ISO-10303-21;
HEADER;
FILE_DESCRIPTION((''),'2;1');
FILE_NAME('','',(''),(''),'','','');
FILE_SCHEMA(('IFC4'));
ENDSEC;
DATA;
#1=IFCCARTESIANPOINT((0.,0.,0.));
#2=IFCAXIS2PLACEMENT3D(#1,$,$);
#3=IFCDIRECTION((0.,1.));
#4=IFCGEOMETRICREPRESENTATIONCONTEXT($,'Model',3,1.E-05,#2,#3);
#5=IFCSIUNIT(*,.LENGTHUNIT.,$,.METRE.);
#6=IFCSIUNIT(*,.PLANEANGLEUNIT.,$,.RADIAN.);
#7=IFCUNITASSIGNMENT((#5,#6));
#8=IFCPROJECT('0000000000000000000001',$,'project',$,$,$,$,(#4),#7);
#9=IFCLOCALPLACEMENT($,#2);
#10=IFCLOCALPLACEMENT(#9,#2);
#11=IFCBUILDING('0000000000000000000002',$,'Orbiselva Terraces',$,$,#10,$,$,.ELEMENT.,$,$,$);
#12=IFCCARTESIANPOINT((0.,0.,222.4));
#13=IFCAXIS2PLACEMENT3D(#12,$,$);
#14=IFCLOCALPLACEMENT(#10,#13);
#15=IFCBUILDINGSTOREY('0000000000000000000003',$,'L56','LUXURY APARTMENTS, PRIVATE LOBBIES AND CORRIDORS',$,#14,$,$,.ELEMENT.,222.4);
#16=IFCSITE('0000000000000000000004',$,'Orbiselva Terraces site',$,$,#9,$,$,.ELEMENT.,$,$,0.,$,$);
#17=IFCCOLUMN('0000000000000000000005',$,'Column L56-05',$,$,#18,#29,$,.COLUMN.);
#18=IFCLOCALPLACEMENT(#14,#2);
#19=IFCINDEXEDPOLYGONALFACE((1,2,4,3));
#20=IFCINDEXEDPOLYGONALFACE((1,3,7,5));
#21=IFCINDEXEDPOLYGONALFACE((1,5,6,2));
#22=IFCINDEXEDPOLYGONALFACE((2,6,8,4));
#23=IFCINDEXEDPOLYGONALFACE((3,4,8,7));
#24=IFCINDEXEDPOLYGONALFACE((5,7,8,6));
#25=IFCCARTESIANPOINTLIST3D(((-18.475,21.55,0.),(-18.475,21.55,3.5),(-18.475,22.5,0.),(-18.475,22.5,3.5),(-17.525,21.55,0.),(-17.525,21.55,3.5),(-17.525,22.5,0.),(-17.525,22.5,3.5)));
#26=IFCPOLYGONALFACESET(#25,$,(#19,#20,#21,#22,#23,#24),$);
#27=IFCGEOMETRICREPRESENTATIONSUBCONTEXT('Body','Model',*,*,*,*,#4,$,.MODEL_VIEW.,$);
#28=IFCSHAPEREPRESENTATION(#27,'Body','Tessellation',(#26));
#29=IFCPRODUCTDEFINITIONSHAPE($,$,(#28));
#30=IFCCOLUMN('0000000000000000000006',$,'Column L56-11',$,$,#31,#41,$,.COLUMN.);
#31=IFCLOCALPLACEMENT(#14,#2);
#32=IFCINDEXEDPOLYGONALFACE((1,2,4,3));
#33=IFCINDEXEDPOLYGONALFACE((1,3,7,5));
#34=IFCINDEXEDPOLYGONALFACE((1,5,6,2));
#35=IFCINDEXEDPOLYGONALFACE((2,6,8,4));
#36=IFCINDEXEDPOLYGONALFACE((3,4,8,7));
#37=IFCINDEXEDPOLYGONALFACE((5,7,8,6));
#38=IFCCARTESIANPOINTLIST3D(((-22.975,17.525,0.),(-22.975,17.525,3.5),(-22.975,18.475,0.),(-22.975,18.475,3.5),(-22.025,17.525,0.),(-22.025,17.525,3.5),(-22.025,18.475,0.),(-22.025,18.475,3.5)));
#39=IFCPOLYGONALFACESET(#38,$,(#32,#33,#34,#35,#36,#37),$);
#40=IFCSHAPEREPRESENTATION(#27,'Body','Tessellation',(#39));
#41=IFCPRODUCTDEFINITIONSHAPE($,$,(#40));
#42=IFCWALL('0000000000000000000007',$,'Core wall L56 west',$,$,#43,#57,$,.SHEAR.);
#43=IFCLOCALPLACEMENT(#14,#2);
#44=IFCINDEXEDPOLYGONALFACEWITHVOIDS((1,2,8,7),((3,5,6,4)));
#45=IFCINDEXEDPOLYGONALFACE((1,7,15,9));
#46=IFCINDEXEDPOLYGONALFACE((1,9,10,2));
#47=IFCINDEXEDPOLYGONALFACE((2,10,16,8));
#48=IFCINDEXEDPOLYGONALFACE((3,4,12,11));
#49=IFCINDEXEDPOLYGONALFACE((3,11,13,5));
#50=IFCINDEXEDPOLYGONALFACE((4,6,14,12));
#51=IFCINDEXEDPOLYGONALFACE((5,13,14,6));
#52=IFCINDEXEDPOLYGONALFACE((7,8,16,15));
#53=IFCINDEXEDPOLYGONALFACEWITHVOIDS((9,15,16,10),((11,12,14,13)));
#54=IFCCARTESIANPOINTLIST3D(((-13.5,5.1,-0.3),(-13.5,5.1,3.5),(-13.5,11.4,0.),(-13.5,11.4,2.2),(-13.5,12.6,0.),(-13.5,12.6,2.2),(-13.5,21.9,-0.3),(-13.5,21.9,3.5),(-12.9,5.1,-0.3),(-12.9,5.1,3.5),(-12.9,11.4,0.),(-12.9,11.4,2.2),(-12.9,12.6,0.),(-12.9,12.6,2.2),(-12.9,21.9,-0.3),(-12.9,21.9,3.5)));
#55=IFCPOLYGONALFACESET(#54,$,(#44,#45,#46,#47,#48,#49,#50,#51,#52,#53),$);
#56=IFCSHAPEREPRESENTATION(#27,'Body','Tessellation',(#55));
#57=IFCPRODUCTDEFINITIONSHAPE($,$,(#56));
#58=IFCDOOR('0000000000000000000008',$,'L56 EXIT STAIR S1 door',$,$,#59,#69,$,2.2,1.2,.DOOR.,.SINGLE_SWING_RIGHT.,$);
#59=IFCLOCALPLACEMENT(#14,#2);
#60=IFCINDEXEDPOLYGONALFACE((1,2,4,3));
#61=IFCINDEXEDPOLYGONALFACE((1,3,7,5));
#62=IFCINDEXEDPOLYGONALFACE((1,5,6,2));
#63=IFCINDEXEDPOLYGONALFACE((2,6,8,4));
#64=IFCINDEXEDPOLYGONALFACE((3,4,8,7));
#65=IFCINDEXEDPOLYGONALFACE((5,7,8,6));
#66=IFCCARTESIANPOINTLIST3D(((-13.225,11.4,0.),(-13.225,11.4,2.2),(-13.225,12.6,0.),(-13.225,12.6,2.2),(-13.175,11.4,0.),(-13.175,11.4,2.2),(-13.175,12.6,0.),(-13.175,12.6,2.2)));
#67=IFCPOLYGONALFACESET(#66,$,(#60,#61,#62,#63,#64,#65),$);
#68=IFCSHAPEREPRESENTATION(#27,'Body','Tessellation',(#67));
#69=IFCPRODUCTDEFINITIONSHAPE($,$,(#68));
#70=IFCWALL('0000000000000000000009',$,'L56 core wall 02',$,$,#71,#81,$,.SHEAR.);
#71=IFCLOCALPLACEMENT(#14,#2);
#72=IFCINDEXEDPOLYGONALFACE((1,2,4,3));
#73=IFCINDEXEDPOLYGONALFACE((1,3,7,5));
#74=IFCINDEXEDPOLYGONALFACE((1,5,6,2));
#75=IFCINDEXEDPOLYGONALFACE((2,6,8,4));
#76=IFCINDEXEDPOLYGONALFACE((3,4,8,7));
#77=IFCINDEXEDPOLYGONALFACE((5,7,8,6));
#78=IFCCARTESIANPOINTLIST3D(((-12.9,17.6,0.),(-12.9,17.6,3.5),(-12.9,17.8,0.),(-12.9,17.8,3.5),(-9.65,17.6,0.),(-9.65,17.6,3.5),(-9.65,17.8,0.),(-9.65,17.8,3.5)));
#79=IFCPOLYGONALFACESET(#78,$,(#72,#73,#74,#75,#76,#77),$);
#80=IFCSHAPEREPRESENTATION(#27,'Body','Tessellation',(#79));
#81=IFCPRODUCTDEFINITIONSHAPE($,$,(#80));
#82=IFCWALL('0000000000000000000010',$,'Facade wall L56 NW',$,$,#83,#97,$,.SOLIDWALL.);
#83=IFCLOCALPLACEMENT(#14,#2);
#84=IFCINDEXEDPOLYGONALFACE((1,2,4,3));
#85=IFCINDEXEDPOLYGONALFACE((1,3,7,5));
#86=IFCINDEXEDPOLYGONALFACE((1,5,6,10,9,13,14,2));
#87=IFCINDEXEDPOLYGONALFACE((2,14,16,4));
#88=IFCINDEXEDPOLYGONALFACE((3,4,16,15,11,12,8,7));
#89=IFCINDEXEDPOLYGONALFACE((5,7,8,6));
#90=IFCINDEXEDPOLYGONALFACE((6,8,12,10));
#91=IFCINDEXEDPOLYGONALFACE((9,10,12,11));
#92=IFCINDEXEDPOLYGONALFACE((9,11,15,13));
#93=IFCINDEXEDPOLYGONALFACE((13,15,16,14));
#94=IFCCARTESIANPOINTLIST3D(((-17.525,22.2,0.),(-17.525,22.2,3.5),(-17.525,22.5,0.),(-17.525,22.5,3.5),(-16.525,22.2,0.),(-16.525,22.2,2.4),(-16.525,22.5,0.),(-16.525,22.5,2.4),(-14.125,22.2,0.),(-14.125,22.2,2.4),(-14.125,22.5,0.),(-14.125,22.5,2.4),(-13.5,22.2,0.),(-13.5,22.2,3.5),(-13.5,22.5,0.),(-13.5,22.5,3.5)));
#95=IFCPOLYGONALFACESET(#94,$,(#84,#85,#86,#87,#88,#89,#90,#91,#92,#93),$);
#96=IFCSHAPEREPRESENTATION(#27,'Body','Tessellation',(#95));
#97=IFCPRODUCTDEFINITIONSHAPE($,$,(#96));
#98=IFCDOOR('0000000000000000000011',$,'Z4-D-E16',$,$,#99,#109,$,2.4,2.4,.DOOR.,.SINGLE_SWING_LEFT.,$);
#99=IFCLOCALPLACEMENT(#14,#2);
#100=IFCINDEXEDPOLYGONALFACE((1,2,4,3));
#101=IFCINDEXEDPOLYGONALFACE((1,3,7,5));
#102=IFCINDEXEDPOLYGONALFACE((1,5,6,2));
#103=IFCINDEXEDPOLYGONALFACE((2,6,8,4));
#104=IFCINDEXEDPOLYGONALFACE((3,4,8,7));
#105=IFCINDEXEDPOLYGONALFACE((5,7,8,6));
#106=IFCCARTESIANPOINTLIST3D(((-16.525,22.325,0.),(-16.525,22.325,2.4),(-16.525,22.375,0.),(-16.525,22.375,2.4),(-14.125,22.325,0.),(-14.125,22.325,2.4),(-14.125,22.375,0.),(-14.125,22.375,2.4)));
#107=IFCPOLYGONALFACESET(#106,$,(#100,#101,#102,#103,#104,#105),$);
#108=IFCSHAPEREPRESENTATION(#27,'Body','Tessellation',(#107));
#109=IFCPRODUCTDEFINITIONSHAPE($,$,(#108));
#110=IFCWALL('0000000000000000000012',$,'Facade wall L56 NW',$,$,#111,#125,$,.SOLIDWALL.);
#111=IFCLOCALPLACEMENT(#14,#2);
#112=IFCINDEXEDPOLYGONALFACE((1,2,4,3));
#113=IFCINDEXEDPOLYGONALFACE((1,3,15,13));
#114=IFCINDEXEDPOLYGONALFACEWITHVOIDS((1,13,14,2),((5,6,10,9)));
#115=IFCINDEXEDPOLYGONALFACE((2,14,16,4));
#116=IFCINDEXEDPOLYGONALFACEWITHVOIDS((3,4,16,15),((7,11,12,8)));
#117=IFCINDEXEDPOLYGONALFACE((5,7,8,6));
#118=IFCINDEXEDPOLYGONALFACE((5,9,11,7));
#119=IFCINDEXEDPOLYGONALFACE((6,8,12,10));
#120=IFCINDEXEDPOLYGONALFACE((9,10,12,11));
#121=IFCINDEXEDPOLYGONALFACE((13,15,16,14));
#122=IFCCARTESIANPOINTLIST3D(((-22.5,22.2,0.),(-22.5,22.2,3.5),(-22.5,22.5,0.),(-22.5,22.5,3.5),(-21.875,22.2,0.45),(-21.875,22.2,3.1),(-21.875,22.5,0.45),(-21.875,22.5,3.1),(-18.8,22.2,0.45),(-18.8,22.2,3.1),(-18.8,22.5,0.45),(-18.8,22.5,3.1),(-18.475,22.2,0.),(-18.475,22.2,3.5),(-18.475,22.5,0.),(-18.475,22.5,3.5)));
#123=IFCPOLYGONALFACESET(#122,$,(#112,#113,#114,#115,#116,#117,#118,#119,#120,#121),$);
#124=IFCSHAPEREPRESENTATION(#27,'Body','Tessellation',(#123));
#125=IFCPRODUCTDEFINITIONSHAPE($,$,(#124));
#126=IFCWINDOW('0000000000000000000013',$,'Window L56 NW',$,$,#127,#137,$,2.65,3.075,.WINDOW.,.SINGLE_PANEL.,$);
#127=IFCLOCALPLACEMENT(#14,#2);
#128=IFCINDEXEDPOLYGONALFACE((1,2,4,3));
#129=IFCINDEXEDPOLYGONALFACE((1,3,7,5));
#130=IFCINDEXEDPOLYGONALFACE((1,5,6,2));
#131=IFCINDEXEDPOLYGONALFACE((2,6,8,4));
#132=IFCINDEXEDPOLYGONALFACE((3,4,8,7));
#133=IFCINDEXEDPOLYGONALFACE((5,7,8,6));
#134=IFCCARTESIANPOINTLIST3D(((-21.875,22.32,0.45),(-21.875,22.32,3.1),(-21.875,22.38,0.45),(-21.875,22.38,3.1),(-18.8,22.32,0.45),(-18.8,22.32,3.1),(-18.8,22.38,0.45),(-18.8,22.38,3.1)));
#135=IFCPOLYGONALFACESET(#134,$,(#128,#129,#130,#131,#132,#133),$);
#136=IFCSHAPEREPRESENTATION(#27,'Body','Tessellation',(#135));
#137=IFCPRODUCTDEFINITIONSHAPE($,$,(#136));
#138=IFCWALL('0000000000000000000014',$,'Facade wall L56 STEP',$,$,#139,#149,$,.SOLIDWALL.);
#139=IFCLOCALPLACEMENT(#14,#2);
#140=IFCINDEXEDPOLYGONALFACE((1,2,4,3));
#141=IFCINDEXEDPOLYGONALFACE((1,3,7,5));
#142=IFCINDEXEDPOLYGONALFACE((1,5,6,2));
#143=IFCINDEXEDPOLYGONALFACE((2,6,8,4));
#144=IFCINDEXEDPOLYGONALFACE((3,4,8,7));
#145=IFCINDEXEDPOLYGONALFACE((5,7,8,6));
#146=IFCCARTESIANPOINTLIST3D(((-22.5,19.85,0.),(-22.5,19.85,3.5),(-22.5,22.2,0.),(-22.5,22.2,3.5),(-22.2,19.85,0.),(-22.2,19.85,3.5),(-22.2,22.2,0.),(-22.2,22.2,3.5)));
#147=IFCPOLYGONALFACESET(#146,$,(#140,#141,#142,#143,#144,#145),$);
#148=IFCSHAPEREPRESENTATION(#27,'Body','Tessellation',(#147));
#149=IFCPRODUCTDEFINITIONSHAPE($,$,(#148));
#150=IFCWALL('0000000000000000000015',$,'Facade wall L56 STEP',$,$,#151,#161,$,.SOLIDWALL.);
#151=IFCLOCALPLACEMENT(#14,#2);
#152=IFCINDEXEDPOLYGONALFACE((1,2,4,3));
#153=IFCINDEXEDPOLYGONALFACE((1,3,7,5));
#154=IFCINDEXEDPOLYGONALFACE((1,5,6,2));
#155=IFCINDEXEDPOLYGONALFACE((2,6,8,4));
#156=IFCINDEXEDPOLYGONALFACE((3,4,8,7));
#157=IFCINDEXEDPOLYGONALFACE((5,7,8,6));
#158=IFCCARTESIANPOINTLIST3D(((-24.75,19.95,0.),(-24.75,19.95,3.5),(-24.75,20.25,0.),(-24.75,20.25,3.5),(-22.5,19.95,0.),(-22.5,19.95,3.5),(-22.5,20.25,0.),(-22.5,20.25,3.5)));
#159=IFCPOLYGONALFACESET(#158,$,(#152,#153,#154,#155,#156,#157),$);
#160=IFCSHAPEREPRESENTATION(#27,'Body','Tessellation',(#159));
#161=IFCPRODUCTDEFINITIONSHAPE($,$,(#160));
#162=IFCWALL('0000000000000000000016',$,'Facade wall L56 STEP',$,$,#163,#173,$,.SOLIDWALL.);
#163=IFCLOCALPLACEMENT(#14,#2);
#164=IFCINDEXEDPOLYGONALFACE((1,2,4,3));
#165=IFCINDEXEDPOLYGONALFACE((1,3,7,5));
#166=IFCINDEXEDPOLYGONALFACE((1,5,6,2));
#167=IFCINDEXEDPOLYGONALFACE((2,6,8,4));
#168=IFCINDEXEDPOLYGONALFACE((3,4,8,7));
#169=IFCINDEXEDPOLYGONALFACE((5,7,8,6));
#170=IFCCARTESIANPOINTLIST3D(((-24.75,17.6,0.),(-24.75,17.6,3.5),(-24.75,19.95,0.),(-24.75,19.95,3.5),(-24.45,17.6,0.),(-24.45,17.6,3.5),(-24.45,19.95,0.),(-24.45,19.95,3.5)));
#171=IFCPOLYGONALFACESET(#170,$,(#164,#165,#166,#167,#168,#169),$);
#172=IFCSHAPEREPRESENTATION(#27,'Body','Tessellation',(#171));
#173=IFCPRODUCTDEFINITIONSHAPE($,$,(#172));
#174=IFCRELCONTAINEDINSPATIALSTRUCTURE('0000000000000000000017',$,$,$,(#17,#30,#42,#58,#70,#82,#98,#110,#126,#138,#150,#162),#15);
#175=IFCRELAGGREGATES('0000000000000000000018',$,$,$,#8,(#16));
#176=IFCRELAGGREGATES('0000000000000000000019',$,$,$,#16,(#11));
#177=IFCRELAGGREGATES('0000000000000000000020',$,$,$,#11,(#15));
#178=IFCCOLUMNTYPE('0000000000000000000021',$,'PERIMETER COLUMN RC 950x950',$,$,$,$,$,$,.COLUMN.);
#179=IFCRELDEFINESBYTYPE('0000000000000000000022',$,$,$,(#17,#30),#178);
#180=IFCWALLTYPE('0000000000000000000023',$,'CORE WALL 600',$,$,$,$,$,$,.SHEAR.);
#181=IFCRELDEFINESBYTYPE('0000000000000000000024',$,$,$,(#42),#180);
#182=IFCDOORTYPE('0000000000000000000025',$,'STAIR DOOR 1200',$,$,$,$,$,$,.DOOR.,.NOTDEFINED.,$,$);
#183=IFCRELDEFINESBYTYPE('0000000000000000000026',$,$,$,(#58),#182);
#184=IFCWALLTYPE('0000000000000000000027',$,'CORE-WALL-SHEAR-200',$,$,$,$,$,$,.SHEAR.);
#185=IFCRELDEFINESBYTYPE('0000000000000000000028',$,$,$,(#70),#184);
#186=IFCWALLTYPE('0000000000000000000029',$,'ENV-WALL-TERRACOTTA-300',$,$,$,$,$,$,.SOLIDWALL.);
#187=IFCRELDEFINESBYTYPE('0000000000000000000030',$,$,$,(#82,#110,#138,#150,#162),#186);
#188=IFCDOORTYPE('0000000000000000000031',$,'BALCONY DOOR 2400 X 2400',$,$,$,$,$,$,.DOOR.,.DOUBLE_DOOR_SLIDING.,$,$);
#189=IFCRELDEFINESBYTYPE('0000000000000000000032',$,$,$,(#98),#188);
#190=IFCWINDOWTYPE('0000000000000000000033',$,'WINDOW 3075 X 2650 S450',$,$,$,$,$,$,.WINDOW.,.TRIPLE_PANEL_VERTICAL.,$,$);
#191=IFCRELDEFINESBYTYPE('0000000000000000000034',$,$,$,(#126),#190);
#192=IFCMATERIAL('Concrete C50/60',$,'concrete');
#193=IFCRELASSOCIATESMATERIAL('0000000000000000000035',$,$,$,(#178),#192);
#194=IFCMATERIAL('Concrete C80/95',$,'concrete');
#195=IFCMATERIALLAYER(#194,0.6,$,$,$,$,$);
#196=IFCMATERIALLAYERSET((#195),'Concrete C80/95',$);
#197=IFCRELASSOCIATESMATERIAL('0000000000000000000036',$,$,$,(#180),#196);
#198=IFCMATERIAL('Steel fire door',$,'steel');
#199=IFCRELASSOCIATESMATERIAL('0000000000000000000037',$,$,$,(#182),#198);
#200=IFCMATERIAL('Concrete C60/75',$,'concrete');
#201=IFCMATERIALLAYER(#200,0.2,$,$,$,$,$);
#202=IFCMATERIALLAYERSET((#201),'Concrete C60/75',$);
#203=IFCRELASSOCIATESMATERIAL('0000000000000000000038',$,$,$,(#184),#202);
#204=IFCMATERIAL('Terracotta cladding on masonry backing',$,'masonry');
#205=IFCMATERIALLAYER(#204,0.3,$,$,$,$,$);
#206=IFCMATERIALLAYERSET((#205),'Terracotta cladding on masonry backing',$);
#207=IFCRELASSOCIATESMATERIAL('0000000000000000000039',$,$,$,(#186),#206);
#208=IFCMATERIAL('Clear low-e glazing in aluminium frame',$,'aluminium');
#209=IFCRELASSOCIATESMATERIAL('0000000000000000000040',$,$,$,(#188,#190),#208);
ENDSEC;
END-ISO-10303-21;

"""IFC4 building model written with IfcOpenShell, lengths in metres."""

from ifc_helpers import new_model, si_unit, direction, frame, frame_2d, origin, origin_2d, place, context, subcontext, project, spatial, rectangle, extrude, material, layer, layer_set, material_profile, profile_set, type_object, element, fill, save


model = new_model("IFC4")

# Units and contexts
model_context = context("Model", 3, precision=1e-05, world=origin(), true_north=direction((0.0, 1.0)))
body_context = subcontext(model_context, "Body", "Model", "MODEL_VIEW")
ifc_project = project(units=[si_unit("LENGTHUNIT", "METRE"), si_unit("PLANEANGLEUNIT", "RADIAN")], contexts=[model_context])

# Site, building, storey
site_placement = place(None, origin())
site = spatial("IfcSite", under=ifc_project, at=site_placement, Name="Orbiselva Terraces site", CompositionType="ELEMENT", RefElevation=0.0)
building_placement = place(site_placement, origin())
building = spatial("IfcBuilding", under=site, at=building_placement, Name="Orbiselva Terraces", CompositionType="ELEMENT")
storey_placement = place(building_placement, frame((0.0, 0.0, 222.4)))
storey = spatial("IfcBuildingStorey", under=building, at=storey_placement, Name="L56", Description="LUXURY APARTMENTS, PRIVATE LOBBIES AND CORRIDORS", CompositionType="ELEMENT", Elevation=222.4)

# Columns
ifc_material_1 = material(Name="Concrete C50/60", Category="concrete")
ifc_material_profile = material_profile(ifc_material_1, rectangle(XDim=0.95, YDim=0.95, at=origin_2d()), Name="RC 950x950")
ifc_profile_set = profile_set([ifc_material_profile], Name="Concrete C50/60")
column_type = type_object("IfcColumnType", Name="PERIMETER COLUMN RC 950x950", PredefinedType="COLUMN", material=ifc_profile_set)
for number, where, z_axis, x_axis, name in (
    (1, (-18.0, 22.025, 0.0), (0.0, 0.0, 1.0), (1.0, 0.0, 0.0), "Column L56-05"),
    (2, (-22.5, 18.0, 0.0), (0.0, 0.0, 1.0), (1.0, 0.0, 0.0), "Column L56-11"),
):
    element("IfcColumn", number, at=place(storey_placement, frame(where, z_axis=z_axis, x_axis=x_axis)), inside=storey, type_object=column_type, Name=name, PredefinedType="COLUMN", context=body_context, shape_type="SweptSolid", body=[
        extrude(rectangle(XDim=0.95, YDim=0.95, at=origin_2d()), origin(), (0.0, 0.0, 1.0), 3.5),
    ])

# Wall, opening, door
ifc_material_2 = material(Name="Concrete C80/95", Category="concrete")
ifc_layer_1 = layer(ifc_material_2, 0.6)
ifc_layer_set_1 = layer_set([ifc_layer_1], Name="Concrete C80/95")
wall_type_1 = type_object("IfcWallType", Name="CORE WALL 600", PredefinedType="SHEAR", material=ifc_layer_set_1)
wall_1_placement = place(storey_placement, frame((-13.2, 21.9, -0.3), z_axis=(0.0, 0.0, 1.0), x_axis=(0.0, -1.0, 0.0)))
wall_1 = element("IfcWall", 3, at=wall_1_placement, inside=storey, type_object=wall_type_1, Name="Core wall L56 west", PredefinedType="SHEAR", context=body_context, shape_type="SweptSolid", body=[
    extrude(rectangle(XDim=16.8, YDim=0.6, at=frame_2d((8.4, 0.0))), origin(), (0.0, 0.0, 1.0), 3.8),
])
opening_1_placement = place(wall_1_placement, frame((9.3, 0.0, 0.3)))
opening_1 = element("IfcOpeningElement", 4, at=opening_1_placement, cuts=wall_1, PredefinedType="OPENING", context=body_context, shape_type="SweptSolid", body=[
    extrude(rectangle(XDim=1.2, YDim=2.2, at=frame_2d((0.6, 1.1))), frame((0.0, 0.31, 0.0), z_axis=(0.0, -1.0, 0.0), x_axis=(1.0, 0.0, 0.0)), (0.0, 0.0, 1.0), 0.62),
])
ifc_material_3 = material(Name="Steel fire door", Category="steel")
door_type_1 = type_object("IfcDoorType", Name="STAIR DOOR 1200", OperationType="NOTDEFINED", PredefinedType="DOOR", material=ifc_material_3)
door_1_placement = place(opening_1_placement, frame((1.2, 0.0, 0.0), z_axis=(0.0, 0.0, 1.0), x_axis=(-1.0, 0.0, 0.0)))
door_1 = element("IfcDoor", 5, at=door_1_placement, inside=storey, type_object=door_type_1, Name="L56 EXIT STAIR S1 door", OperationType="SINGLE_SWING_RIGHT", OverallHeight=2.2, OverallWidth=1.2, PredefinedType="DOOR", context=body_context, shape_type="SweptSolid", body=[
    extrude(rectangle(XDim=1.2, YDim=2.2, at=frame_2d((0.6, 1.1))), frame((0.0, 0.025, 0.0), z_axis=(0.0, -1.0, 0.0), x_axis=(1.0, 0.0, 0.0)), (0.0, 0.0, 1.0), 0.05),
])
fill(opening_1, door_1)

# Wall
ifc_material_4 = material(Name="Concrete C60/75", Category="concrete")
ifc_layer_2 = layer(ifc_material_4, 0.2)
ifc_layer_set_2 = layer_set([ifc_layer_2], Name="Concrete C60/75")
wall_type_2 = type_object("IfcWallType", Name="CORE-WALL-SHEAR-200", PredefinedType="SHEAR", material=ifc_layer_set_2)
wall_2_placement = place(storey_placement, frame((-12.9, 17.7, 0.0), z_axis=(0.0, 0.0, 1.0), x_axis=(1.0, 0.0, 0.0)))
element("IfcWall", 6, at=wall_2_placement, inside=storey, type_object=wall_type_2, Name="L56 core wall 02", PredefinedType="SHEAR", context=body_context, shape_type="SweptSolid", body=[
    extrude(rectangle(XDim=3.25, YDim=0.2, at=frame_2d((1.625, 0.0))), origin(), (0.0, 0.0, 1.0), 3.5),
])

# Wall, opening, door
ifc_material_5 = material(Name="Terracotta cladding on masonry backing", Category="masonry")
ifc_layer_3 = layer(ifc_material_5, 0.3)
ifc_layer_set_3 = layer_set([ifc_layer_3], Name="Terracotta cladding on masonry backing")
wall_type_3 = type_object("IfcWallType", Name="ENV-WALL-TERRACOTTA-300", PredefinedType="SOLIDWALL", material=ifc_layer_set_3)
wall_3_placement = place(storey_placement, frame((-17.525, 22.35, 0.0), z_axis=(0.0, 0.0, 1.0), x_axis=(1.0, 0.0, 0.0)))
wall_3 = element("IfcWall", 7, at=wall_3_placement, inside=storey, type_object=wall_type_3, Name="Facade wall L56 NW", PredefinedType="SOLIDWALL", context=body_context, shape_type="SweptSolid", body=[
    extrude(rectangle(XDim=4.025, YDim=0.3, at=frame_2d((2.0125, 0.0))), origin(), (0.0, 0.0, 1.0), 3.5),
])
opening_2_placement = place(wall_3_placement, frame((1.0, 0.0, 0.0)))
opening_2 = element("IfcOpeningElement", 8, at=opening_2_placement, cuts=wall_3, PredefinedType="OPENING", context=body_context, shape_type="SweptSolid", body=[
    extrude(rectangle(XDim=2.4, YDim=2.4, at=frame_2d((1.2, 1.2))), frame((0.0, 0.16, 0.0), z_axis=(0.0, -1.0, 0.0), x_axis=(1.0, 0.0, 0.0)), (0.0, 0.0, 1.0), 0.32),
])
ifc_material_6 = material(Name="Clear low-e glazing in aluminium frame", Category="aluminium")
door_type_2 = type_object("IfcDoorType", Name="BALCONY DOOR 2400 X 2400", OperationType="DOUBLE_DOOR_SLIDING", PredefinedType="DOOR", material=ifc_material_6)
door_2_placement = place(opening_2_placement, origin())
door_2 = element("IfcDoor", 9, at=door_2_placement, inside=storey, type_object=door_type_2, Name="Z4-D-E16", OperationType="SINGLE_SWING_LEFT", OverallHeight=2.4, OverallWidth=2.4, PredefinedType="DOOR", context=body_context, shape_type="SweptSolid", body=[
    extrude(rectangle(XDim=2.4, YDim=2.4, at=frame_2d((1.2, 1.2))), frame((0.0, 0.025, 0.0), z_axis=(0.0, -1.0, 0.0), x_axis=(1.0, 0.0, 0.0)), (0.0, 0.0, 1.0), 0.05),
])
fill(opening_2, door_2)

# Wall, opening, window
wall_4_placement = place(storey_placement, frame((-22.5, 22.35, 0.0), z_axis=(0.0, 0.0, 1.0), x_axis=(1.0, 0.0, 0.0)))
wall_4 = element("IfcWall", 10, at=wall_4_placement, inside=storey, type_object=wall_type_3, Name="Facade wall L56 NW", PredefinedType="SOLIDWALL", context=body_context, shape_type="SweptSolid", body=[
    extrude(rectangle(XDim=4.025, YDim=0.3, at=frame_2d((2.0125, 0.0))), origin(), (0.0, 0.0, 1.0), 3.5),
])
opening_3_placement = place(wall_4_placement, frame((0.625, 0.0, 0.45)))
opening_3 = element("IfcOpeningElement", 11, at=opening_3_placement, cuts=wall_4, PredefinedType="OPENING", context=body_context, shape_type="SweptSolid", body=[
    extrude(rectangle(XDim=3.075, YDim=2.65, at=frame_2d((1.5375, 1.325))), frame((0.0, 0.16, 0.0), z_axis=(0.0, -1.0, 0.0), x_axis=(1.0, 0.0, 0.0)), (0.0, 0.0, 1.0), 0.32),
])
window_type = type_object("IfcWindowType", Name="WINDOW 3075 X 2650 S450", PartitioningType="TRIPLE_PANEL_VERTICAL", PredefinedType="WINDOW", material=ifc_material_6)
window_placement = place(opening_3_placement, origin())
window = element("IfcWindow", 12, at=window_placement, inside=storey, type_object=window_type, Name="Window L56 NW", OverallHeight=2.65, OverallWidth=3.075, PartitioningType="SINGLE_PANEL", PredefinedType="WINDOW", context=body_context, shape_type="SweptSolid", body=[
    extrude(rectangle(XDim=3.075, YDim=2.65, at=frame_2d((1.5375, 1.325))), frame((0.0, 0.03, 0.0), z_axis=(0.0, -1.0, 0.0), x_axis=(1.0, 0.0, 0.0)), (0.0, 0.0, 1.0), 0.06),
])
fill(opening_3, window)

# Walls
wall_5_placement = place(storey_placement, frame((-22.35, 19.85, 0.0), z_axis=(0.0, 0.0, 1.0), x_axis=(0.0, 1.0, 0.0)))
element("IfcWall", 13, at=wall_5_placement, inside=storey, type_object=wall_type_3, Name="Facade wall L56 STEP", PredefinedType="SOLIDWALL", context=body_context, shape_type="SweptSolid", body=[
    extrude(rectangle(XDim=2.35, YDim=0.3, at=frame_2d((1.175, 0.0))), origin(), (0.0, 0.0, 1.0), 3.5),
])
wall_6_placement = place(storey_placement, frame((-24.75, 20.1, 0.0), z_axis=(0.0, 0.0, 1.0), x_axis=(1.0, 0.0, 0.0)))
element("IfcWall", 14, at=wall_6_placement, inside=storey, type_object=wall_type_3, Name="Facade wall L56 STEP", PredefinedType="SOLIDWALL", context=body_context, shape_type="SweptSolid", body=[
    extrude(rectangle(XDim=2.25, YDim=0.3, at=frame_2d((1.125, 0.0))), origin(), (0.0, 0.0, 1.0), 3.5),
])
wall_7_placement = place(storey_placement, frame((-24.6, 17.6, 0.0), z_axis=(0.0, 0.0, 1.0), x_axis=(0.0, 1.0, 0.0)))
element("IfcWall", 15, at=wall_7_placement, inside=storey, type_object=wall_type_3, Name="Facade wall L56 STEP", PredefinedType="SOLIDWALL", context=body_context, shape_type="SweptSolid", body=[
    extrude(rectangle(XDim=2.35, YDim=0.3, at=frame_2d((1.175, 0.0))), origin(), (0.0, 0.0, 1.0), 3.5),
])

save(model, "model.ifc")
